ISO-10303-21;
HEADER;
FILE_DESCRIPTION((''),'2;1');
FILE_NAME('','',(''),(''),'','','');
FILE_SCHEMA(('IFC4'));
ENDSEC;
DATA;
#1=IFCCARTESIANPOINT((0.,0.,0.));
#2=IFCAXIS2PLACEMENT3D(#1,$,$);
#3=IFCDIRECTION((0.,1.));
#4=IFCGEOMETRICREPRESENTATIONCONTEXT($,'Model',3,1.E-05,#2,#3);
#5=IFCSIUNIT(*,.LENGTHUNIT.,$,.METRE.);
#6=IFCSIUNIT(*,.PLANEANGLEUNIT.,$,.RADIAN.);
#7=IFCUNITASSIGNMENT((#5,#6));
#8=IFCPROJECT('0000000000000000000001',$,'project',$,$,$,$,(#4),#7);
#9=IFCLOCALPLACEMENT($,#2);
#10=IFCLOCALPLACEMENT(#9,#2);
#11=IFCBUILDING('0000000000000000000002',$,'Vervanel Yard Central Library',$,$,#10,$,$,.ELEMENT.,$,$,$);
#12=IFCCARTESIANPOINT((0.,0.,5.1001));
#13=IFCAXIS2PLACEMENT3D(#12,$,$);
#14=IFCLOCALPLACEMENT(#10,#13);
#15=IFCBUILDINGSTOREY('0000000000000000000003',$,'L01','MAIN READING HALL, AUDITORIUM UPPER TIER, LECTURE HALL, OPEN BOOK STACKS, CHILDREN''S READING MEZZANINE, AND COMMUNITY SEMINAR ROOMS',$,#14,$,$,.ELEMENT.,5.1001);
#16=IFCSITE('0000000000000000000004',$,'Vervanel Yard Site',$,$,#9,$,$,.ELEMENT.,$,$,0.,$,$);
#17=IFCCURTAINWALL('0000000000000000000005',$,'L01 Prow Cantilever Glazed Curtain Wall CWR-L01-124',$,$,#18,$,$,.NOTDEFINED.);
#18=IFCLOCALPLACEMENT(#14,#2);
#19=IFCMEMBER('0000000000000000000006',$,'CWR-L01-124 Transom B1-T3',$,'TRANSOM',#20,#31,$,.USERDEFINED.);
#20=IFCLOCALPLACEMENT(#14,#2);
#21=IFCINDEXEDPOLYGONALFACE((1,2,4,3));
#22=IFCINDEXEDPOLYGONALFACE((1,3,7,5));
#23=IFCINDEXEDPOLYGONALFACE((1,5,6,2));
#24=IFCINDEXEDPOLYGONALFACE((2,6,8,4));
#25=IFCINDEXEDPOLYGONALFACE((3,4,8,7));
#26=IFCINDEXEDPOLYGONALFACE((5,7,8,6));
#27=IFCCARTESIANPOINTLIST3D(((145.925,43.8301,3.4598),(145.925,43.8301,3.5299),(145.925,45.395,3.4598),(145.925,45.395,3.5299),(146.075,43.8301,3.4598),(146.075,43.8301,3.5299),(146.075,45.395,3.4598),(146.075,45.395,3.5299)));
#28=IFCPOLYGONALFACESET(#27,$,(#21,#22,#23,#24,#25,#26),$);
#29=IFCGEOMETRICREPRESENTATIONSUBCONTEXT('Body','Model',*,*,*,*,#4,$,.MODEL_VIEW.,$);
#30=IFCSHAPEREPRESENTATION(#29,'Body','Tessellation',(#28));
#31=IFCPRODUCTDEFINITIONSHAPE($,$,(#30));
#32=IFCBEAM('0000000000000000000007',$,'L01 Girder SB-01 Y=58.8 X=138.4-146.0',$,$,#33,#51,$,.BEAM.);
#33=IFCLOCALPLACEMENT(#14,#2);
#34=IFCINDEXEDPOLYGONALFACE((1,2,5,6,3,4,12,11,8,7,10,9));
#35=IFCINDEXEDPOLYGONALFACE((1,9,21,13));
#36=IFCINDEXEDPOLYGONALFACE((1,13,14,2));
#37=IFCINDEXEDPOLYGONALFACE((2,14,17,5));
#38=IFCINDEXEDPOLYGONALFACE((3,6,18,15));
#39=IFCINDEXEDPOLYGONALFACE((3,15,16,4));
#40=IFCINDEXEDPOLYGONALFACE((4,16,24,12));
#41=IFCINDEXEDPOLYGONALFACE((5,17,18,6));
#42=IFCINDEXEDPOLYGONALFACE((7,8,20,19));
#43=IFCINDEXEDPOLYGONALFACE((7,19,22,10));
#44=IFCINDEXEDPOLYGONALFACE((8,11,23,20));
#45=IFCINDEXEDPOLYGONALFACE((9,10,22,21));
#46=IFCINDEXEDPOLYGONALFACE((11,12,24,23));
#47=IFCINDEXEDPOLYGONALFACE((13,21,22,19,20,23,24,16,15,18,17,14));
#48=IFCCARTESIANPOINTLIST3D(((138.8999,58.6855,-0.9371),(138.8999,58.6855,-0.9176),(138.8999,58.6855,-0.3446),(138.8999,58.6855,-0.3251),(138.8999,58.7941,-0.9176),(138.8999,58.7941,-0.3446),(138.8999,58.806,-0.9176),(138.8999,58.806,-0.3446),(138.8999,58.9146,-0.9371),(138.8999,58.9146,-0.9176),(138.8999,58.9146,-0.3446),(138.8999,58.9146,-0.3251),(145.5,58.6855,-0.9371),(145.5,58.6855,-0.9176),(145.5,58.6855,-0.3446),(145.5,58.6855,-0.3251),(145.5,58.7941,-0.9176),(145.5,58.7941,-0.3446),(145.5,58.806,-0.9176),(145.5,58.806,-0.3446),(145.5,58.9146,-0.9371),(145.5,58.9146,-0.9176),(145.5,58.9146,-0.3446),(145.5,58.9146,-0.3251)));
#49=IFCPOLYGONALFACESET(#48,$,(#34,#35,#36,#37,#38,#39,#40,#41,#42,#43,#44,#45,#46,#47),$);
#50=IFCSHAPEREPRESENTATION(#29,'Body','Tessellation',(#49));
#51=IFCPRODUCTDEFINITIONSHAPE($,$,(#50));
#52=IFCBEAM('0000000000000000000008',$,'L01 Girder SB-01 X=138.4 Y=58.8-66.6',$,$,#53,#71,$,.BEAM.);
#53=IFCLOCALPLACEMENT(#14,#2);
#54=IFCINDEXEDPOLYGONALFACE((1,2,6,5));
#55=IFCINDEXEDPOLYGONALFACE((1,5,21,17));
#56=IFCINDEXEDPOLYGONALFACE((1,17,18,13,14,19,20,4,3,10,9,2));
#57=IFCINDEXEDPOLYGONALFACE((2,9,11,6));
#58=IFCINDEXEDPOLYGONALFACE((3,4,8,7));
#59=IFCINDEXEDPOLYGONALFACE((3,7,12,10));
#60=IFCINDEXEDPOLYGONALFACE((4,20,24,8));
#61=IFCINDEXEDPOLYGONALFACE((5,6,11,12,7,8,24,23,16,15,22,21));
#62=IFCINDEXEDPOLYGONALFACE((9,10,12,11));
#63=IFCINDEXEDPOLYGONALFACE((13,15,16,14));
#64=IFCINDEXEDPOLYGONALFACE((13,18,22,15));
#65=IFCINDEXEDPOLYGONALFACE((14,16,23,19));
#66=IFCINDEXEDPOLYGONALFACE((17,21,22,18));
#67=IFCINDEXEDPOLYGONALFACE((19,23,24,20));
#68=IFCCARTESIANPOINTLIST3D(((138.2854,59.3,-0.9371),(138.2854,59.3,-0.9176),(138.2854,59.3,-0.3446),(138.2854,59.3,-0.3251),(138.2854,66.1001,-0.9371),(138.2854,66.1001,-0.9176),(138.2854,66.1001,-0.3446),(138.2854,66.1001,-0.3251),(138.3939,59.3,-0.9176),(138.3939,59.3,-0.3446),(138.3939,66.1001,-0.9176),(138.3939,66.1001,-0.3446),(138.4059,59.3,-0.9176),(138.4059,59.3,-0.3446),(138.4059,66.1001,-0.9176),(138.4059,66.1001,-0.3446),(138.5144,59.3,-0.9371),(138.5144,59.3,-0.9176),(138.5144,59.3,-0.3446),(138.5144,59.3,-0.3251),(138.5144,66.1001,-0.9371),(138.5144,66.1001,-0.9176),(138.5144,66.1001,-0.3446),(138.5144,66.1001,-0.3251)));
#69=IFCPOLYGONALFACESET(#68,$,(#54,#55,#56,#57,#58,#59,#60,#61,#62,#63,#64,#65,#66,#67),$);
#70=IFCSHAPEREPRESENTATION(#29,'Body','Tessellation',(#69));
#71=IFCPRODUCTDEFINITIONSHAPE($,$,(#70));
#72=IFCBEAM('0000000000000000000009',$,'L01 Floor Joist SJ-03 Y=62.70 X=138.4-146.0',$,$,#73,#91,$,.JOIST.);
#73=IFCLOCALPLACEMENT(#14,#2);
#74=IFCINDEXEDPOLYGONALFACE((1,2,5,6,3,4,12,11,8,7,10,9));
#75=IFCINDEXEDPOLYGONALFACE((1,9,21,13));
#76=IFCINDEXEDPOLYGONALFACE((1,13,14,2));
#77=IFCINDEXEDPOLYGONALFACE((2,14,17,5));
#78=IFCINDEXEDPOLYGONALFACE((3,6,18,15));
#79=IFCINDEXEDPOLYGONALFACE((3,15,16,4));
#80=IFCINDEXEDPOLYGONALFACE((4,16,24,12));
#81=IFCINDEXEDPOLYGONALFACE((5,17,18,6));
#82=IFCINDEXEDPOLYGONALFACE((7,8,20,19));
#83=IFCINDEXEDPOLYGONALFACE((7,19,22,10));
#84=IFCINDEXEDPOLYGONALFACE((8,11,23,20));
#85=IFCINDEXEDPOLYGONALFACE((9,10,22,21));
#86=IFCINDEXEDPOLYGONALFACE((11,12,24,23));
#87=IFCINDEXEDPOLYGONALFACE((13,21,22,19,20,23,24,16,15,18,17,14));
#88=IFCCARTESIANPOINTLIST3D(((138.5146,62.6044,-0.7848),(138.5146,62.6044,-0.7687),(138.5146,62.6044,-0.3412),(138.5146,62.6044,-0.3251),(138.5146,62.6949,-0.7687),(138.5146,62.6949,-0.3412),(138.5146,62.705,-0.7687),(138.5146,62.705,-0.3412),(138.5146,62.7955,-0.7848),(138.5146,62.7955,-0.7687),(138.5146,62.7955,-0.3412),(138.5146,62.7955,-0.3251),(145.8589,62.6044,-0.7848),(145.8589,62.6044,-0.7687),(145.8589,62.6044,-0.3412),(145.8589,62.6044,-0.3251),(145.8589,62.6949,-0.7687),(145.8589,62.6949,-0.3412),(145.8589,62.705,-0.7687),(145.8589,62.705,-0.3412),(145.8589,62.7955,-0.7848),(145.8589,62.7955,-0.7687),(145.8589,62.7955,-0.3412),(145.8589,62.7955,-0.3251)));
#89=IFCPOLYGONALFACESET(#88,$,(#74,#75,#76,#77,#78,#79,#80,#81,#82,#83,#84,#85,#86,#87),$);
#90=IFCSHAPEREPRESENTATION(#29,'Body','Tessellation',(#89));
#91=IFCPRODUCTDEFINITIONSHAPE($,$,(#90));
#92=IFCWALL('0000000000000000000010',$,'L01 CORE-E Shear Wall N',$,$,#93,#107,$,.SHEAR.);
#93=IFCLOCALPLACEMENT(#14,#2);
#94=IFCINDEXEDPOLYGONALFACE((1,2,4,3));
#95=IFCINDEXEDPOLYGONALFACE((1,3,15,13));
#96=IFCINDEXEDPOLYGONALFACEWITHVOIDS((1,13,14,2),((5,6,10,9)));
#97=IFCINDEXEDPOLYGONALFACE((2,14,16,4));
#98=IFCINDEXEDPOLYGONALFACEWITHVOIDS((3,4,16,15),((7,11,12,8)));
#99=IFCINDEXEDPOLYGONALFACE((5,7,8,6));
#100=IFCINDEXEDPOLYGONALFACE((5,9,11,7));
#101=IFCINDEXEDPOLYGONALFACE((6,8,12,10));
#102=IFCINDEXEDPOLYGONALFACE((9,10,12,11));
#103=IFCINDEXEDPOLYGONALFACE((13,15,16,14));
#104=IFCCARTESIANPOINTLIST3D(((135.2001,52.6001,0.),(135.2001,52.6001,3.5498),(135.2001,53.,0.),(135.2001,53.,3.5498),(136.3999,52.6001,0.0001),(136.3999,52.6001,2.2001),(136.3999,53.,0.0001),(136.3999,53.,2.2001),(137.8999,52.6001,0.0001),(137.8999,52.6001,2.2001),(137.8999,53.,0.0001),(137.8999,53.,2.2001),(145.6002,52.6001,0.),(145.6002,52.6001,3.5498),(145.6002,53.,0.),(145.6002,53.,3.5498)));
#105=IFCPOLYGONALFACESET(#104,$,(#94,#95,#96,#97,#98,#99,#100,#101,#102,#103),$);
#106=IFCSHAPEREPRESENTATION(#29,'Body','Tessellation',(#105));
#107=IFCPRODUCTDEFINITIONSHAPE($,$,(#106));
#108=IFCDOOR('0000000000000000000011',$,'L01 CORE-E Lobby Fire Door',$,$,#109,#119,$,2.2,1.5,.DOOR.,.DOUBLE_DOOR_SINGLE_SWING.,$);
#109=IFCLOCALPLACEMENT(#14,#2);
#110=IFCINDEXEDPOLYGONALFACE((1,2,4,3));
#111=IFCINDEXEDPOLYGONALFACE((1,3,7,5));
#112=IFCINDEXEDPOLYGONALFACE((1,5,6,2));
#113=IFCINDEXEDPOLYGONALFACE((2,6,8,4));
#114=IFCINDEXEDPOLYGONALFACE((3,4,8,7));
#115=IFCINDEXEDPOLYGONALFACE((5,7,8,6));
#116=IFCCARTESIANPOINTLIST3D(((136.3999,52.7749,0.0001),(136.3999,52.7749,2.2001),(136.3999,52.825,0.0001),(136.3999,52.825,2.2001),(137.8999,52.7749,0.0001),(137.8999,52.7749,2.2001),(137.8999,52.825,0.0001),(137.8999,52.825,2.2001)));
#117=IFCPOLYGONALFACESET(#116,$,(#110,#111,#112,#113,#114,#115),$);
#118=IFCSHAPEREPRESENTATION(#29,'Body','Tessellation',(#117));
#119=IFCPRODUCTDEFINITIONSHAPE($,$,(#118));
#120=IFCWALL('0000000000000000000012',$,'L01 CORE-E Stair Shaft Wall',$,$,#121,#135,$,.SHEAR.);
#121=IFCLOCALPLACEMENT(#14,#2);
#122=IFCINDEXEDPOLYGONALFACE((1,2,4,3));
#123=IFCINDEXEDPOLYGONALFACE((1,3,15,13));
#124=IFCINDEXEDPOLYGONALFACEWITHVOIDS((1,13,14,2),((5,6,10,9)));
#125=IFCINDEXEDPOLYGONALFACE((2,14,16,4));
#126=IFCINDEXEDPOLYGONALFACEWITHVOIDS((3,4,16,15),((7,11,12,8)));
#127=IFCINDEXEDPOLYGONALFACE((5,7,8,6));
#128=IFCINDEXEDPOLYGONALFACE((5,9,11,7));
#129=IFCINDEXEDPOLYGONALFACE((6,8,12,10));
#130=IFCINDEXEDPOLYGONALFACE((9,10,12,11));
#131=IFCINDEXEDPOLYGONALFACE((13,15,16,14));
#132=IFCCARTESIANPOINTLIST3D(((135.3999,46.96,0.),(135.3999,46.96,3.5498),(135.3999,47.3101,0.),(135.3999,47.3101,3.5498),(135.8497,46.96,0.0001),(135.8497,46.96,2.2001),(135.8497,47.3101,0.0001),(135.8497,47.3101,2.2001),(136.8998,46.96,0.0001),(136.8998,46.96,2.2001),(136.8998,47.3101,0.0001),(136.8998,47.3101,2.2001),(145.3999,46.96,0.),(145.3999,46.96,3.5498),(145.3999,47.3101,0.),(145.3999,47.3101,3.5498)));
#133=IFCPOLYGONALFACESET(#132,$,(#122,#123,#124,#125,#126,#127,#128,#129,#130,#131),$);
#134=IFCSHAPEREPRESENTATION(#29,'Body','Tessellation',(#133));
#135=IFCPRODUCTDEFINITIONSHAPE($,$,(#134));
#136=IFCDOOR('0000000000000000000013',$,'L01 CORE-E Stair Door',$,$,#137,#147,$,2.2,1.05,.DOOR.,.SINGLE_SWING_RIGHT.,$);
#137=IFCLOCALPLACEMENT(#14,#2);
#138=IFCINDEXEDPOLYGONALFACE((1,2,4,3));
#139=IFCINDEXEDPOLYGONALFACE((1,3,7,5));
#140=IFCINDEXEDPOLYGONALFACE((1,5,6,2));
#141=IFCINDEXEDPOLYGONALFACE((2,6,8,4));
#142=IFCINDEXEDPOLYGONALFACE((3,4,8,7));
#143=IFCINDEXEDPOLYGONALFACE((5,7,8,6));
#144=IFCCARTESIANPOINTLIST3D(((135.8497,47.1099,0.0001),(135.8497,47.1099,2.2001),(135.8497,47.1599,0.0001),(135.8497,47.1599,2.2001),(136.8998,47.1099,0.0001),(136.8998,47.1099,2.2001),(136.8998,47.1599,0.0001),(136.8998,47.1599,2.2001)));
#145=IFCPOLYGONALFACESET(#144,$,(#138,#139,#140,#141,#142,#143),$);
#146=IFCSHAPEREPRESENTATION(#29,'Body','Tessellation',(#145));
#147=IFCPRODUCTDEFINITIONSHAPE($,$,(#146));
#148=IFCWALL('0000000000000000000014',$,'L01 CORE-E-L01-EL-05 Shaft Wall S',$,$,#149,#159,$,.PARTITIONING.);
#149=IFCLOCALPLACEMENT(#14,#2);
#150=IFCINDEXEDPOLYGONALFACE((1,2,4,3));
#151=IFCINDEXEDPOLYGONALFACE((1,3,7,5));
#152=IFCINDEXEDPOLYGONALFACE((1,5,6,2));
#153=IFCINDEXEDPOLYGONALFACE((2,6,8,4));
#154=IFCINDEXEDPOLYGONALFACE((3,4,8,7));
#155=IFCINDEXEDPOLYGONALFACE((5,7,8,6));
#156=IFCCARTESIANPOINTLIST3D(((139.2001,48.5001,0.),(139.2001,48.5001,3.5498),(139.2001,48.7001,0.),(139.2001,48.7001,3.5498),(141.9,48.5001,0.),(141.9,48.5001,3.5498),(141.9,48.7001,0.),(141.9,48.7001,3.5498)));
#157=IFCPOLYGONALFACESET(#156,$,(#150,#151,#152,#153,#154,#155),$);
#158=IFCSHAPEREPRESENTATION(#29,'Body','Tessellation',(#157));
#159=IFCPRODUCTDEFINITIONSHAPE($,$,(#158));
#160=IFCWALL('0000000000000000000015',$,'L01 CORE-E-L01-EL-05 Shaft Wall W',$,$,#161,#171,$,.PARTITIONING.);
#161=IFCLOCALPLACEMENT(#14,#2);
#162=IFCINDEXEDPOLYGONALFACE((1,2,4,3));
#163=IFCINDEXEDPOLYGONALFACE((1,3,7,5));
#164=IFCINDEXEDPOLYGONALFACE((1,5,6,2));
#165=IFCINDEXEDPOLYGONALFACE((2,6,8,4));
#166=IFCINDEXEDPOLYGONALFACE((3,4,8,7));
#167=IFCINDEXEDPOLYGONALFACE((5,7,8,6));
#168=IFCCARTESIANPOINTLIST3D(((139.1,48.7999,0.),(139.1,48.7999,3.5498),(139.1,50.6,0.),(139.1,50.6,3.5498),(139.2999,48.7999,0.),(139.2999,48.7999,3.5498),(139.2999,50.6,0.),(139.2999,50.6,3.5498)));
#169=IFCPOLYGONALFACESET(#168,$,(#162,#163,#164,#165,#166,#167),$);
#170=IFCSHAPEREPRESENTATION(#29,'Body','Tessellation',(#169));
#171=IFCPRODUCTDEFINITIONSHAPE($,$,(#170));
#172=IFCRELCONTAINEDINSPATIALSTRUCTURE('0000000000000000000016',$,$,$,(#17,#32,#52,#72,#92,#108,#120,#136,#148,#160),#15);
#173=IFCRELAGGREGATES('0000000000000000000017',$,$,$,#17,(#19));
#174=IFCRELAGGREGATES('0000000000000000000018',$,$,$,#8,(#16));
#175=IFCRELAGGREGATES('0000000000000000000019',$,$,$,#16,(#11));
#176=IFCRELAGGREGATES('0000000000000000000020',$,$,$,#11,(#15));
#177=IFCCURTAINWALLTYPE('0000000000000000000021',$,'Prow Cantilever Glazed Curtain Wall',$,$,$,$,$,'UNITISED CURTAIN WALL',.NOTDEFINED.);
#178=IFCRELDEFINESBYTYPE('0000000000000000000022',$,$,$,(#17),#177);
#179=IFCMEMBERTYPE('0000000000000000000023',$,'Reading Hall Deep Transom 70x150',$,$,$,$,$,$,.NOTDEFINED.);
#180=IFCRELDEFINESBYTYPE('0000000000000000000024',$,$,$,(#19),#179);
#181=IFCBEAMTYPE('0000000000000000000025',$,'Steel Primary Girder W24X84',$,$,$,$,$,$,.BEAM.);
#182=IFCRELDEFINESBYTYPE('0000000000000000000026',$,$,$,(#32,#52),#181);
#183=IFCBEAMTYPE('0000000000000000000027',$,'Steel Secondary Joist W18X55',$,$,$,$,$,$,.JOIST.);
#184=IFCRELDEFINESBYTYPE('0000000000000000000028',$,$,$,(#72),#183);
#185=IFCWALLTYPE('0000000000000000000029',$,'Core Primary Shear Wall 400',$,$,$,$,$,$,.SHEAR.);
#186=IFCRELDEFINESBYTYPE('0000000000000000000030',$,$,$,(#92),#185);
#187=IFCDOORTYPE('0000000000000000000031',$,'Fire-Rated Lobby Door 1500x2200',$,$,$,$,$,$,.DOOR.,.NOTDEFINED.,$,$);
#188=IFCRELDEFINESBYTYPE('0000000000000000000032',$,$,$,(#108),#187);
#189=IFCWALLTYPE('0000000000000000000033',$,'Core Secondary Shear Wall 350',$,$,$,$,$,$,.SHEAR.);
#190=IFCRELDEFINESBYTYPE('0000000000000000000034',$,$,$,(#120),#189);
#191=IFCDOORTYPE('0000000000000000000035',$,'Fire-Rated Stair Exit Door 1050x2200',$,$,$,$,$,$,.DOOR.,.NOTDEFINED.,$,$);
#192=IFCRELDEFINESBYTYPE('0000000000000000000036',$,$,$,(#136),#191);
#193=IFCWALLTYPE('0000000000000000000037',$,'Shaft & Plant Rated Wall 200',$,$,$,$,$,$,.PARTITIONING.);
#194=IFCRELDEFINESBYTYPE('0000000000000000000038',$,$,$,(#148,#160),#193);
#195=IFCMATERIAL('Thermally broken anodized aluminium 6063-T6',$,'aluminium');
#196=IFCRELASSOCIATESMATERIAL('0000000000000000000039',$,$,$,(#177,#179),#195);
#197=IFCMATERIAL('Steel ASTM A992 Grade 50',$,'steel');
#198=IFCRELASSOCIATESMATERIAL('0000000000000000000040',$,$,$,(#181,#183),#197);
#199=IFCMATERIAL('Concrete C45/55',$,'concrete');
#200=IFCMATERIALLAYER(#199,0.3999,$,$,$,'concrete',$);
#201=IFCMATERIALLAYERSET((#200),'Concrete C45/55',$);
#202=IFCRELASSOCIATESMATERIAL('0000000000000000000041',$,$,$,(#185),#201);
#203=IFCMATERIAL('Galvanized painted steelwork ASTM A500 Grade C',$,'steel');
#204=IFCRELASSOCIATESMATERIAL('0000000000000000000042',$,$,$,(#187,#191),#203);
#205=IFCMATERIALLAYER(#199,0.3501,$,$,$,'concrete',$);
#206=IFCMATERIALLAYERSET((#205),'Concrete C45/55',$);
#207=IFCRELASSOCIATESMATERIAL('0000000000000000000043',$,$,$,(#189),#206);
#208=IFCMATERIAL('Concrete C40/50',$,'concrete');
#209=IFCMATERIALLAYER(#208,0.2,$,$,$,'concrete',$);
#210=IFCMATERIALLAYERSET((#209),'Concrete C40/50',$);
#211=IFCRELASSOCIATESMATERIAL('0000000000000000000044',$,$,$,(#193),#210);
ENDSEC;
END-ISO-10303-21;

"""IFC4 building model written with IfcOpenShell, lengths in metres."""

from ifc_helpers import new_model, si_unit, direction, frame, frame_2d, origin, origin_2d, place, context, subcontext, project, spatial, rectangle, i_section, extrude, material, layer, layer_set, material_profile, profile_set, type_object, element, fill, aggregate, save


model = new_model("IFC4")

# Units and contexts
model_context = context("Model", 3, precision=1e-05, world=origin(), true_north=direction((0.0, 1.0)))
body_context = subcontext(model_context, "Body", "Model", "MODEL_VIEW")
ifc_project = project(units=[si_unit("LENGTHUNIT", "METRE"), si_unit("PLANEANGLEUNIT", "RADIAN")], contexts=[model_context])

# Site, building, storey
site_placement = place(None, origin())
site = spatial("IfcSite", under=ifc_project, at=site_placement, Name="Vervanel Yard Site", CompositionType="ELEMENT", RefElevation=0.0)
building_placement = place(site_placement, origin())
building = spatial("IfcBuilding", under=site, at=building_placement, Name="Vervanel Yard Central Library", CompositionType="ELEMENT")
storey_placement = place(building_placement, frame((0.0, 0.0, 5.1001)))
storey = spatial("IfcBuildingStorey", under=building, at=storey_placement, Name="L01", Description="MAIN READING HALL, AUDITORIUM UPPER TIER, LECTURE HALL, OPEN BOOK STACKS, CHILDREN'S READING MEZZANINE, AND COMMUNITY SEMINAR ROOMS", CompositionType="ELEMENT", Elevation=5.1001)

# Curtain wall, member
ifc_material_1 = material(Name="Thermally broken anodized aluminium 6063-T6", Category="aluminium")
curtain_wall_type = type_object("IfcCurtainWallType", Name="Prow Cantilever Glazed Curtain Wall", ElementType="UNITISED CURTAIN WALL", PredefinedType="NOTDEFINED", material=ifc_material_1)
curtain_wall_placement = place(storey_placement, origin())
curtain_wall = element("IfcCurtainWall", 1, at=curtain_wall_placement, inside=storey, type_object=curtain_wall_type, Name="L01 Prow Cantilever Glazed Curtain Wall CWR-L01-124", PredefinedType="NOTDEFINED")
ifc_material_profile_1 = material_profile(ifc_material_1, rectangle(XDim=0.0701, YDim=0.1499, at=origin_2d()), Name="ALU 70x150", Category="aluminium")
ifc_profile_set_1 = profile_set([ifc_material_profile_1], Name="Thermally broken anodized aluminium 6063-T6")
member_type = type_object("IfcMemberType", Name="Reading Hall Deep Transom 70x150", PredefinedType="NOTDEFINED", material=ifc_profile_set_1)
member_placement = place(storey_placement, frame((146.0, 43.8301, 3.4949), z_axis=(0.0, 1.0, 0.0), x_axis=(0.0, 0.0, 1.0)))
member = element("IfcMember", 2, at=member_placement, type_object=member_type, Name="CWR-L01-124 Transom B1-T3", ObjectType="TRANSOM", PredefinedType="USERDEFINED", context=body_context, shape_type="SweptSolid", body=[
    extrude(rectangle(XDim=0.0701, YDim=0.1499, at=origin_2d()), origin(), (0.0, 0.0, 1.0), 1.5649),
])
aggregate(curtain_wall, [member])

# Beams
ifc_material_2 = material(Name="Steel ASTM A992 Grade 50", Category="steel")
ifc_material_profile_2 = material_profile(ifc_material_2, i_section(OverallWidth=0.229, OverallDepth=0.6121, WebThickness=0.012, FlangeThickness=0.0195, at=origin_2d()), Name="W24X84", Category="steel")
ifc_profile_set_2 = profile_set([ifc_material_profile_2], Name="Steel ASTM A992 Grade 50")
beam_type_1 = type_object("IfcBeamType", Name="Steel Primary Girder W24X84", PredefinedType="BEAM", material=ifc_profile_set_2)
beam_1_placement = place(storey_placement, frame((138.8999, 58.8, -0.6311), z_axis=(1.0, 0.0, 0.0), x_axis=(0.0, 1.0, 0.0)))
element("IfcBeam", 3, at=beam_1_placement, inside=storey, type_object=beam_type_1, Name="L01 Girder SB-01 Y=58.8 X=138.4-146.0", PredefinedType="BEAM", context=body_context, shape_type="SweptSolid", body=[
    extrude(i_section(OverallWidth=0.229, OverallDepth=0.6121, WebThickness=0.012, FlangeThickness=0.0195, at=origin_2d()), origin(), (0.0, 0.0, 1.0), 6.6001),
])
beam_2_placement = place(storey_placement, frame((138.3999, 59.3, -0.6311), z_axis=(0.0, 1.0, 0.0), x_axis=(-1.0, 0.0, 0.0)))
element("IfcBeam", 4, at=beam_2_placement, inside=storey, type_object=beam_type_1, Name="L01 Girder SB-01 X=138.4 Y=58.8-66.6", PredefinedType="BEAM", context=body_context, shape_type="SweptSolid", body=[
    extrude(i_section(OverallWidth=0.229, OverallDepth=0.6121, WebThickness=0.012, FlangeThickness=0.0195, at=origin_2d()), origin(), (0.0, 0.0, 1.0), 6.8),
])
ifc_material_profile_3 = material_profile(ifc_material_2, i_section(OverallWidth=0.1912, OverallDepth=0.4597, WebThickness=0.01, FlangeThickness=0.0161, at=origin_2d()), Name="W18X55", Category="steel")
ifc_profile_set_3 = profile_set([ifc_material_profile_3], Name="Steel ASTM A992 Grade 50")
beam_type_2 = type_object("IfcBeamType", Name="Steel Secondary Joist W18X55", PredefinedType="JOIST", material=ifc_profile_set_3)
beam_3_placement = place(storey_placement, frame((138.5146, 62.7, -0.5549), z_axis=(1.0, 0.0, 0.0), x_axis=(0.0, 1.0, 0.0)))
element("IfcBeam", 5, at=beam_3_placement, inside=storey, type_object=beam_type_2, Name="L01 Floor Joist SJ-03 Y=62.70 X=138.4-146.0", PredefinedType="JOIST", context=body_context, shape_type="SweptSolid", body=[
    extrude(i_section(OverallWidth=0.1912, OverallDepth=0.4597, WebThickness=0.01, FlangeThickness=0.0161, at=origin_2d()), origin(), (0.0, 0.0, 1.0), 7.3442),
])

# Walls, openings, doors
ifc_material_3 = material(Name="Concrete C45/55", Category="concrete")
ifc_layer_1 = layer(ifc_material_3, 0.3999, Category="concrete")
ifc_layer_set_1 = layer_set([ifc_layer_1], Name="Concrete C45/55")
wall_type_1 = type_object("IfcWallType", Name="Core Primary Shear Wall 400", PredefinedType="SHEAR", material=ifc_layer_set_1)
wall_1_placement = place(storey_placement, frame((135.2, 52.8, 0.0), z_axis=(0.0, 0.0, 1.0), x_axis=(1.0, 0.0, 0.0)))
wall_1 = element("IfcWall", 6, at=wall_1_placement, inside=storey, type_object=wall_type_1, Name="L01 CORE-E Shear Wall N", PredefinedType="SHEAR", context=body_context, shape_type="SweptSolid", body=[
    extrude(rectangle(XDim=10.4001, YDim=0.3999, at=frame_2d((5.2002, 0.0))), origin(), (0.0, 0.0, 1.0), 3.5498),
])
opening_1_placement = place(wall_1_placement, frame((1.2, 0.0, 0.0)))
opening_1 = element("IfcOpeningElement", 7, at=opening_1_placement, cuts=wall_1, PredefinedType="OPENING", context=body_context, shape_type="SweptSolid", body=[
    extrude(rectangle(XDim=1.5, YDim=2.2, at=frame_2d((0.75, 1.1001))), frame((0.0, 0.21, 0.0), z_axis=(0.0, -1.0, 0.0), x_axis=(1.0, 0.0, 0.0)), (0.0, 0.0, 1.0), 0.4199),
])
ifc_material_4 = material(Name="Galvanized painted steelwork ASTM A500 Grade C", Category="steel")
door_type_1 = type_object("IfcDoorType", Name="Fire-Rated Lobby Door 1500x2200", OperationType="NOTDEFINED", PredefinedType="DOOR", material=ifc_material_4)
door_1_placement = place(opening_1_placement, origin())
door_1 = element("IfcDoor", 8, at=door_1_placement, inside=storey, type_object=door_type_1, Name="L01 CORE-E Lobby Fire Door", OperationType="DOUBLE_DOOR_SINGLE_SWING", OverallHeight=2.2, OverallWidth=1.5, PredefinedType="DOOR", context=body_context, shape_type="SweptSolid", body=[
    extrude(rectangle(XDim=1.5, YDim=2.2, at=frame_2d((0.75, 1.1001))), frame((0.0, 0.0249, 0.0), z_axis=(0.0, -1.0, 0.0), x_axis=(1.0, 0.0, 0.0)), (0.0, 0.0, 1.0), 0.05),
])
fill(opening_1, door_1)
ifc_layer_2 = layer(ifc_material_3, 0.3501, Category="concrete")
ifc_layer_set_2 = layer_set([ifc_layer_2], Name="Concrete C45/55")
wall_type_2 = type_object("IfcWallType", Name="Core Secondary Shear Wall 350", PredefinedType="SHEAR", material=ifc_layer_set_2)
wall_2_placement = place(storey_placement, frame((135.3999, 47.135, 0.0), z_axis=(0.0, 0.0, 1.0), x_axis=(1.0, 0.0, 0.0)))
wall_2 = element("IfcWall", 9, at=wall_2_placement, inside=storey, type_object=wall_type_2, Name="L01 CORE-E Stair Shaft Wall", PredefinedType="SHEAR", context=body_context, shape_type="SweptSolid", body=[
    extrude(rectangle(XDim=10.0, YDim=0.3501, at=frame_2d((5.0, 0.0))), origin(), (0.0, 0.0, 1.0), 3.5498),
])
opening_2_placement = place(wall_2_placement, frame((0.45, 0.0, 0.0)))
opening_2 = element("IfcOpeningElement", 10, at=opening_2_placement, cuts=wall_2, PredefinedType="OPENING", context=body_context, shape_type="SweptSolid", body=[
    extrude(rectangle(XDim=1.05, YDim=2.2, at=frame_2d((0.5249, 1.1001))), frame((0.0, 0.1851, 0.0), z_axis=(0.0, -1.0, 0.0), x_axis=(1.0, 0.0, 0.0)), (0.0, 0.0, 1.0), 0.3701),
])
door_type_2 = type_object("IfcDoorType", Name="Fire-Rated Stair Exit Door 1050x2200", OperationType="NOTDEFINED", PredefinedType="DOOR", material=ifc_material_4)
door_2_placement = place(opening_2_placement, origin())
door_2 = element("IfcDoor", 11, at=door_2_placement, inside=storey, type_object=door_type_2, Name="L01 CORE-E Stair Door", OperationType="SINGLE_SWING_RIGHT", OverallHeight=2.2, OverallWidth=1.05, PredefinedType="DOOR", context=body_context, shape_type="SweptSolid", body=[
    extrude(rectangle(XDim=1.05, YDim=2.2, at=frame_2d((0.5249, 1.1001))), frame((0.0, 0.0249, 0.0), z_axis=(0.0, -1.0, 0.0), x_axis=(1.0, 0.0, 0.0)), (0.0, 0.0, 1.0), 0.05),
])
fill(opening_2, door_2)

# Wall
ifc_material_5 = material(Name="Concrete C40/50", Category="concrete")
ifc_layer_3 = layer(ifc_material_5, 0.2, Category="concrete")
ifc_layer_set_3 = layer_set([ifc_layer_3], Name="Concrete C40/50")
wall_type_3 = type_object("IfcWallType", Name="Shaft & Plant Rated Wall 200", PredefinedType="PARTITIONING", material=ifc_layer_set_3)
wall_3_placement = place(storey_placement, frame((139.2, 48.6001, 0.0), z_axis=(0.0, 0.0, 1.0), x_axis=(1.0, 0.0, 0.0)))
element("IfcWall", 12, at=wall_3_placement, inside=storey, type_object=wall_type_3, Name="L01 CORE-E-L01-EL-05 Shaft Wall S", PredefinedType="PARTITIONING", context=body_context, shape_type="SweptSolid", body=[
    extrude(rectangle(XDim=2.7, YDim=0.2, at=frame_2d((1.3501, 0.0))), origin(), (0.0, 0.0, 1.0), 3.5498),
])

# Wall
for number, where, z_axis, x_axis, name in (
    (13, (139.2, 48.8, 0.0), (0.0, 0.0, 1.0), (0.0, 1.0, 0.0), "L01 CORE-E-L01-EL-05 Shaft Wall W"),
):
    element("IfcWall", number, at=place(storey_placement, frame(where, z_axis=z_axis, x_axis=x_axis)), inside=storey, type_object=wall_type_3, Name=name, PredefinedType="PARTITIONING", context=body_context, shape_type="SweptSolid", body=[
        extrude(rectangle(XDim=1.8, YDim=0.2, at=frame_2d((0.8999, 0.0))), origin(), (0.0, 0.0, 1.0), 3.5498),
    ])

save(model, "model.ifc")
